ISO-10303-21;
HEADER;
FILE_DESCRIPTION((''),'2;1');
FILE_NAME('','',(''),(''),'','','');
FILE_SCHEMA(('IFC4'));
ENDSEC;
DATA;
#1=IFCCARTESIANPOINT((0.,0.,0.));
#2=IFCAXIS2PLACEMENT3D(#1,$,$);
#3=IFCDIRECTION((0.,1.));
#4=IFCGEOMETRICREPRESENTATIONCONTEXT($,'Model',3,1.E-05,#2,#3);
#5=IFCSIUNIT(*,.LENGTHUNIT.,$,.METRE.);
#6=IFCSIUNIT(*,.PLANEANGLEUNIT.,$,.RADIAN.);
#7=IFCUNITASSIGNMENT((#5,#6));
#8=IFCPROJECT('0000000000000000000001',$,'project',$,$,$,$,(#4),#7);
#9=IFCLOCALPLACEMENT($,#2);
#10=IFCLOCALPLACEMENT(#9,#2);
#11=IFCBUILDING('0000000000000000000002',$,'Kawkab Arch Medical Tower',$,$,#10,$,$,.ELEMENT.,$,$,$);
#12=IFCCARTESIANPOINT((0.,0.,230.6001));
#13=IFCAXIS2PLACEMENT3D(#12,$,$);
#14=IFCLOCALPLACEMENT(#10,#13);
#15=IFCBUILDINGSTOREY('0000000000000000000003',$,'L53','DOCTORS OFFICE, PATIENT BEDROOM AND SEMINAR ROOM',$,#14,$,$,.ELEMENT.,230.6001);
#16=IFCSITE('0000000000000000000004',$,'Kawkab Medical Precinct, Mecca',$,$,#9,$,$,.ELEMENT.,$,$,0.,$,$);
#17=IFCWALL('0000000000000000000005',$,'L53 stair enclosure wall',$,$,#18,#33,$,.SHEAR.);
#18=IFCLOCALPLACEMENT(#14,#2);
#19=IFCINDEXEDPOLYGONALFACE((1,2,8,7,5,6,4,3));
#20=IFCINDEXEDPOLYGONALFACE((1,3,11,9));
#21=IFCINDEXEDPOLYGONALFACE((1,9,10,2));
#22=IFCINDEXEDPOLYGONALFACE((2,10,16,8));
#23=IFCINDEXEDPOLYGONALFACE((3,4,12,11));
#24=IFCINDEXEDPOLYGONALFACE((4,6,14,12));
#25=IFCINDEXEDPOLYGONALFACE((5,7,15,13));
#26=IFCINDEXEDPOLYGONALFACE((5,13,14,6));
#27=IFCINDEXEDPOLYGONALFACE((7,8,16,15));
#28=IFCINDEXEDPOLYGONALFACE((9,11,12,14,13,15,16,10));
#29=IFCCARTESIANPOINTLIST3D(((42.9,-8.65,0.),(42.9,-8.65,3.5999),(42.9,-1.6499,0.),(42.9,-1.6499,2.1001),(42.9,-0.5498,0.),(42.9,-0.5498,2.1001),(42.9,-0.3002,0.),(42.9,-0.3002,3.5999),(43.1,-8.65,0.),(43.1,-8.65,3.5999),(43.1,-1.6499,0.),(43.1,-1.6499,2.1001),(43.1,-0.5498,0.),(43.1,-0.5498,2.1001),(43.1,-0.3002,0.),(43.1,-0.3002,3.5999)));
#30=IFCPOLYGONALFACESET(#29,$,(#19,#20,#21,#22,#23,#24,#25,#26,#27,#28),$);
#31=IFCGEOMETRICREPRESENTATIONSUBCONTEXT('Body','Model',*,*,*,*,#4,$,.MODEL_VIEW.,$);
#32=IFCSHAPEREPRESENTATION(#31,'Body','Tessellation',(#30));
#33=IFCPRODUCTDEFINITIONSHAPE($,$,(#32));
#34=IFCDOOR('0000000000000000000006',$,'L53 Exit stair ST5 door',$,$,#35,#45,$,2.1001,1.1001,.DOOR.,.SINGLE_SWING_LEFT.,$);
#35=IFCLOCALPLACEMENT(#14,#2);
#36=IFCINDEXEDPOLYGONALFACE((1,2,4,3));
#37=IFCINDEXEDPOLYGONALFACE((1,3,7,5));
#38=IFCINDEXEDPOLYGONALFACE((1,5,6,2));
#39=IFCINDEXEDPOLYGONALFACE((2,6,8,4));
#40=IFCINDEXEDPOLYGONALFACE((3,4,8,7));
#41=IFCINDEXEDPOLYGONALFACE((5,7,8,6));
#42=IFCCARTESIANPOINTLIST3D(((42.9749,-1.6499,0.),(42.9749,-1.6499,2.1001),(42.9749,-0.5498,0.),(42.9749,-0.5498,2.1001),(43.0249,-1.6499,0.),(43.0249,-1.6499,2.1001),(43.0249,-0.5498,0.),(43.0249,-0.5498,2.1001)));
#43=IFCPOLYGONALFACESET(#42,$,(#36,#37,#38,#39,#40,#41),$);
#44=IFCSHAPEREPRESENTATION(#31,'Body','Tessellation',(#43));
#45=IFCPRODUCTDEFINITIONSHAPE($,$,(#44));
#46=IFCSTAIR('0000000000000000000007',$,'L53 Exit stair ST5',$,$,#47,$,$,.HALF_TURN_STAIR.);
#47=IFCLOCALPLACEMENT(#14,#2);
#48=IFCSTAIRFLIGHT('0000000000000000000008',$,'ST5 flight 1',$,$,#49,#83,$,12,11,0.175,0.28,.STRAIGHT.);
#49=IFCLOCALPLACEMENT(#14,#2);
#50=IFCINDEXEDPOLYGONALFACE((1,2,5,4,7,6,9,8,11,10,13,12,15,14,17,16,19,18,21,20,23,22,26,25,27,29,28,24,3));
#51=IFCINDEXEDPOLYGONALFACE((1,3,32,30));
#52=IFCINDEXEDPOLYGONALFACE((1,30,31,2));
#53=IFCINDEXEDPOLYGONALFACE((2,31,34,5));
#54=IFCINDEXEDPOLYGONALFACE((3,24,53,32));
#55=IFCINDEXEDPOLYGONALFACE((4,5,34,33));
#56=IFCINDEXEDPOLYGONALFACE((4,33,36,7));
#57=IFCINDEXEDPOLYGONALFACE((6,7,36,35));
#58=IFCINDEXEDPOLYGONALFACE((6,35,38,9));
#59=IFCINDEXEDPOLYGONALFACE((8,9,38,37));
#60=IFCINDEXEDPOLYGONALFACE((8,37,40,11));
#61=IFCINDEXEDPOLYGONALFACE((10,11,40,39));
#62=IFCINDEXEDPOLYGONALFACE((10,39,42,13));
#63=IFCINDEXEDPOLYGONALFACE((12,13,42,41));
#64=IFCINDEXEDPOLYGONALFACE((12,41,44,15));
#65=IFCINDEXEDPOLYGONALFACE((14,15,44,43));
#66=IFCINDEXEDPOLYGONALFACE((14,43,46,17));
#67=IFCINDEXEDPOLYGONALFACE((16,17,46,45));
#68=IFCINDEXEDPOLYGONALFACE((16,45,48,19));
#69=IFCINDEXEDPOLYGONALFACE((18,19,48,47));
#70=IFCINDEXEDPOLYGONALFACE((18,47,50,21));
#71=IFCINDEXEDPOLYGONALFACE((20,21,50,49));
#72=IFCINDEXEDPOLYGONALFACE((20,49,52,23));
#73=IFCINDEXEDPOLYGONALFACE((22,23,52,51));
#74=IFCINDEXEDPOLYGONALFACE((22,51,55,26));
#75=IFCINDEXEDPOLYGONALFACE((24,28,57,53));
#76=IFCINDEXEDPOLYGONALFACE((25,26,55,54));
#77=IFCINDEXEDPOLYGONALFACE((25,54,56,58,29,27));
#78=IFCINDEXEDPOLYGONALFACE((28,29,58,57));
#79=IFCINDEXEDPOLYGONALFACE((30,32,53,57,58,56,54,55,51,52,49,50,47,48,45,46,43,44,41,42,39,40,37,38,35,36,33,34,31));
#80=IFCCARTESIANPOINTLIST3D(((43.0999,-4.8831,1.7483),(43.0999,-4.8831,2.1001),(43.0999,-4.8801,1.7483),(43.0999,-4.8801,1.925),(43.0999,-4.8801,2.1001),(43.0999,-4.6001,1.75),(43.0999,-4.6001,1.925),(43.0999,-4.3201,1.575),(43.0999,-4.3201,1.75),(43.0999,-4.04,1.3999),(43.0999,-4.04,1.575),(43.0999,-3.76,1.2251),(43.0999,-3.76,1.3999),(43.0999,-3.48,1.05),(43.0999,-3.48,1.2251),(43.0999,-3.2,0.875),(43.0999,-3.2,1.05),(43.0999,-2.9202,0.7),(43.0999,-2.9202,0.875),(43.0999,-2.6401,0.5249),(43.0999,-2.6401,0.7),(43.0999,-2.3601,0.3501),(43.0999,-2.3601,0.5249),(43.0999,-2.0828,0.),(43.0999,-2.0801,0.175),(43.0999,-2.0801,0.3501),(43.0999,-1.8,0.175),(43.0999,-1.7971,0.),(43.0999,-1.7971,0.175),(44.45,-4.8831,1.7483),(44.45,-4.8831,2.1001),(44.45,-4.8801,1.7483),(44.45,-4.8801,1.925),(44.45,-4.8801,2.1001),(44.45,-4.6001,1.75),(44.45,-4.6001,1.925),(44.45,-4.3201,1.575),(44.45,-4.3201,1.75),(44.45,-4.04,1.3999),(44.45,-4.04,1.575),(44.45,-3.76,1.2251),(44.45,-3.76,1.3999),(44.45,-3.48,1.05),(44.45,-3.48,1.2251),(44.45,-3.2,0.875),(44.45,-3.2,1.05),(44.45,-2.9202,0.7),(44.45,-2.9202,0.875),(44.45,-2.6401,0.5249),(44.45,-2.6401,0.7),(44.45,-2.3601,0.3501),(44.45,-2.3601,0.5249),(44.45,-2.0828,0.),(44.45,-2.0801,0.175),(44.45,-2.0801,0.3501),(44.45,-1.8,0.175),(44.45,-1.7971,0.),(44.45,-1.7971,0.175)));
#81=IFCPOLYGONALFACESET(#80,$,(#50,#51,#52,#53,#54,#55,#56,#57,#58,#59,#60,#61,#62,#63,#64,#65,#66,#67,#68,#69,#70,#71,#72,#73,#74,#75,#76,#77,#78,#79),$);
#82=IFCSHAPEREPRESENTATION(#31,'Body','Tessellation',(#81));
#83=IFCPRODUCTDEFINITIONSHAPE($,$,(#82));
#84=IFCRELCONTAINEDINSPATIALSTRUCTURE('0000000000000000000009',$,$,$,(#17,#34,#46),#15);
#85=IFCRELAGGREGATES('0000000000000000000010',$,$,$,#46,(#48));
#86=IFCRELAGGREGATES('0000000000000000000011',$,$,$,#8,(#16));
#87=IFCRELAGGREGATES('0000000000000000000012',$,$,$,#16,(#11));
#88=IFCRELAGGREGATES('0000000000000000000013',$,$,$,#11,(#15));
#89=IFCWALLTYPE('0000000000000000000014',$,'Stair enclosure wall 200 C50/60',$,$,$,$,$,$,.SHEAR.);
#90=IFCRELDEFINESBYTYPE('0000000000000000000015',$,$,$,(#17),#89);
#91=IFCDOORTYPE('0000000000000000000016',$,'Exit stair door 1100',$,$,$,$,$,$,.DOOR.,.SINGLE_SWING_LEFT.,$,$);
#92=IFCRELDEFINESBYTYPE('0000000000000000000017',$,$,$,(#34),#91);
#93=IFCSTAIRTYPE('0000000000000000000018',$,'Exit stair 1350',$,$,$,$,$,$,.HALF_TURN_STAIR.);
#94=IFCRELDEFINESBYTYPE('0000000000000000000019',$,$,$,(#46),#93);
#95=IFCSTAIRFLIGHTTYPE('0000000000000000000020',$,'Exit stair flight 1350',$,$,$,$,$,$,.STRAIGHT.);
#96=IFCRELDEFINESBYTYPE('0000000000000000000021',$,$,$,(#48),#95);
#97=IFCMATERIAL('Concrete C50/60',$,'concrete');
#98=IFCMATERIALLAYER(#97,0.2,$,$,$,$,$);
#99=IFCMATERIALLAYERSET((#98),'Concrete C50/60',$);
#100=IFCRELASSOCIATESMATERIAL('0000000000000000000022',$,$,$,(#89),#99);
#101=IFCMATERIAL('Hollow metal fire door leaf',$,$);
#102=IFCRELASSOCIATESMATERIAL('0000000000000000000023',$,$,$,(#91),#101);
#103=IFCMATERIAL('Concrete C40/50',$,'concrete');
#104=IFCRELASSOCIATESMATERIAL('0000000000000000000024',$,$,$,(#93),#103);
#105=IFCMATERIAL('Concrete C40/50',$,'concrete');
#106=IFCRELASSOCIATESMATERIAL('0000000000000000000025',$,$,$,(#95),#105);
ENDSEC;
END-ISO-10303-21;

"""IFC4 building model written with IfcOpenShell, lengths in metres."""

from ifc_helpers import new_model, si_unit, direction, frame, frame_2d, origin, place, context, subcontext, project, spatial, polyline, rectangle, outline, extrude, material, layer, layer_set, type_object, element, fill, aggregate, save


model = new_model("IFC4")

# Units and contexts
model_context = context("Model", 3, precision=1e-05, world=origin(), true_north=direction((0.0, 1.0)))
body_context = subcontext(model_context, "Body", "Model", "MODEL_VIEW")
ifc_project = project(units=[si_unit("LENGTHUNIT", "METRE"), si_unit("PLANEANGLEUNIT", "RADIAN")], contexts=[model_context])

# Site, building, storey
site_placement = place(None, origin())
site = spatial("IfcSite", under=ifc_project, at=site_placement, Name="Kawkab Medical Precinct, Mecca", CompositionType="ELEMENT", RefElevation=0.0)
building_placement = place(site_placement, origin())
building = spatial("IfcBuilding", under=site, at=building_placement, Name="Kawkab Arch Medical Tower", CompositionType="ELEMENT")
storey_placement = place(building_placement, frame((0.0, 0.0, 230.6001)))
storey = spatial("IfcBuildingStorey", under=building, at=storey_placement, Name="L53", Description="DOCTORS OFFICE, PATIENT BEDROOM AND SEMINAR ROOM", CompositionType="ELEMENT", Elevation=230.6001)

# Shared definitions
placement = place(storey_placement, origin())

# Wall, opening, door
ifc_material_1 = material(Name="Concrete C50/60", Category="concrete")
ifc_layer_1 = layer(ifc_material_1, 0.2)
ifc_layer_set_1 = layer_set([ifc_layer_1], Name="Concrete C50/60")
wall_type_1 = type_object("IfcWallType", Name="Stair enclosure wall 200 C50/60", PredefinedType="SHEAR", material=ifc_layer_set_1)
wall_1_placement = place(storey_placement, frame((43.0, -8.6499, 0.0), z_axis=(0.0, 0.0, 1.0), x_axis=(0.0, 1.0, 0.0)))
wall_1 = element("IfcWall", 1, at=wall_1_placement, inside=storey, type_object=wall_type_1, Name="L53 stair enclosure wall", PredefinedType="SHEAR", context=body_context, shape_type="SweptSolid", body=[
    extrude(rectangle(XDim=8.3499, YDim=0.2, at=frame_2d((4.1748, 0.0))), origin(), (0.0, 0.0, 1.0), 3.5999),
])
opening_1_placement = place(wall_1_placement, frame((7.0, 0.0, 0.0)))
opening_1 = element("IfcOpeningElement", 2, at=opening_1_placement, cuts=wall_1, PredefinedType="OPENING", context=body_context, shape_type="SweptSolid", body=[
    extrude(rectangle(XDim=1.1001, YDim=2.1001, at=frame_2d((0.55, 1.05))), frame((0.0, 0.1099, 0.0), z_axis=(0.0, -1.0, 0.0), x_axis=(1.0, 0.0, 0.0)), (0.0, 0.0, 1.0), 0.22),
])
ifc_material_2 = material(Name="Hollow metal fire door leaf")
door_type_1 = type_object("IfcDoorType", Name="Exit stair door 1100", OperationType="SINGLE_SWING_LEFT", PredefinedType="DOOR", material=ifc_material_2)
door_1_placement = place(opening_1_placement, frame((1.1001, 0.0, 0.0), z_axis=(0.0, 0.0, 1.0), x_axis=(-1.0, 0.0, 0.0)))
door_1 = element("IfcDoor", 3, at=door_1_placement, inside=storey, type_object=door_type_1, Name="L53 Exit stair ST5 door", OperationType="SINGLE_SWING_LEFT", OverallHeight=2.1001, OverallWidth=1.1001, PredefinedType="DOOR", context=body_context, shape_type="SweptSolid", body=[
    extrude(rectangle(XDim=1.1001, YDim=2.1001, at=frame_2d((0.55, 1.05))), frame((0.0, 0.0249, 0.0), z_axis=(0.0, -1.0, 0.0), x_axis=(1.0, 0.0, 0.0)), (0.0, 0.0, 1.0), 0.05),
])
fill(opening_1, door_1)

# Stair, stair flight
ifc_material_3 = material(Name="Concrete C40/50", Category="concrete")
stair_type = type_object("IfcStairType", Name="Exit stair 1350", PredefinedType="HALF_TURN_STAIR", material=ifc_material_3)
stair = element("IfcStair", 4, at=placement, inside=storey, type_object=stair_type, Name="L53 Exit stair ST5", PredefinedType="HALF_TURN_STAIR")
ifc_material_4 = material(Name="Concrete C40/50", Category="concrete")
stair_flight_type = type_object("IfcStairFlightType", Name="Exit stair flight 1350", PredefinedType="STRAIGHT", material=ifc_material_4)
stair_flight_placement = place(storey_placement, frame((43.7749, -1.8, 0.0), z_axis=(0.0, 0.0, 1.0), x_axis=(0.0, -1.0, 0.0)))
stair_flight = element("IfcStairFlight", 5, at=stair_flight_placement, type_object=stair_flight_type, Name="ST5 flight 1", NumberOfRisers=12, NumberOfTreads=11, PredefinedType="STRAIGHT", RiserHeight=0.175, TreadLength=0.28, context=body_context, shape_type="SweptSolid", body=[
    extrude(outline(polyline([(-0.0029, 0.0), (-0.0029, 0.175), (0.0, 0.175), (0.28, 0.175), (0.28, 0.3501), (0.5601, 0.3501), (0.5601, 0.5249), (0.8401, 0.5249), (0.8401, 0.7), (1.1201, 0.7), (1.1201, 0.875), (1.3999, 0.875), (1.3999, 1.05), (1.6799, 1.05), (1.6799, 1.2251), (1.96, 1.2251), (1.96, 1.3999), (2.24, 1.3999), (2.24, 1.575), (2.52, 1.575), (2.52, 1.75), (2.8, 1.75), (2.8, 1.925), (3.0801, 1.925), (3.0801, 2.1001), (3.083, 2.1001), (3.083, 1.7483), (3.0801, 1.7483), (0.2827, 0.0), (-0.0029, 0.0)])), frame((0.0, 0.675, 0.0), z_axis=(0.0, -1.0, 0.0), x_axis=(1.0, 0.0, 0.0)), (0.0, 0.0, 1.0), 1.3501),
])
aggregate(stair, [stair_flight])

save(model, "model.ifc")
